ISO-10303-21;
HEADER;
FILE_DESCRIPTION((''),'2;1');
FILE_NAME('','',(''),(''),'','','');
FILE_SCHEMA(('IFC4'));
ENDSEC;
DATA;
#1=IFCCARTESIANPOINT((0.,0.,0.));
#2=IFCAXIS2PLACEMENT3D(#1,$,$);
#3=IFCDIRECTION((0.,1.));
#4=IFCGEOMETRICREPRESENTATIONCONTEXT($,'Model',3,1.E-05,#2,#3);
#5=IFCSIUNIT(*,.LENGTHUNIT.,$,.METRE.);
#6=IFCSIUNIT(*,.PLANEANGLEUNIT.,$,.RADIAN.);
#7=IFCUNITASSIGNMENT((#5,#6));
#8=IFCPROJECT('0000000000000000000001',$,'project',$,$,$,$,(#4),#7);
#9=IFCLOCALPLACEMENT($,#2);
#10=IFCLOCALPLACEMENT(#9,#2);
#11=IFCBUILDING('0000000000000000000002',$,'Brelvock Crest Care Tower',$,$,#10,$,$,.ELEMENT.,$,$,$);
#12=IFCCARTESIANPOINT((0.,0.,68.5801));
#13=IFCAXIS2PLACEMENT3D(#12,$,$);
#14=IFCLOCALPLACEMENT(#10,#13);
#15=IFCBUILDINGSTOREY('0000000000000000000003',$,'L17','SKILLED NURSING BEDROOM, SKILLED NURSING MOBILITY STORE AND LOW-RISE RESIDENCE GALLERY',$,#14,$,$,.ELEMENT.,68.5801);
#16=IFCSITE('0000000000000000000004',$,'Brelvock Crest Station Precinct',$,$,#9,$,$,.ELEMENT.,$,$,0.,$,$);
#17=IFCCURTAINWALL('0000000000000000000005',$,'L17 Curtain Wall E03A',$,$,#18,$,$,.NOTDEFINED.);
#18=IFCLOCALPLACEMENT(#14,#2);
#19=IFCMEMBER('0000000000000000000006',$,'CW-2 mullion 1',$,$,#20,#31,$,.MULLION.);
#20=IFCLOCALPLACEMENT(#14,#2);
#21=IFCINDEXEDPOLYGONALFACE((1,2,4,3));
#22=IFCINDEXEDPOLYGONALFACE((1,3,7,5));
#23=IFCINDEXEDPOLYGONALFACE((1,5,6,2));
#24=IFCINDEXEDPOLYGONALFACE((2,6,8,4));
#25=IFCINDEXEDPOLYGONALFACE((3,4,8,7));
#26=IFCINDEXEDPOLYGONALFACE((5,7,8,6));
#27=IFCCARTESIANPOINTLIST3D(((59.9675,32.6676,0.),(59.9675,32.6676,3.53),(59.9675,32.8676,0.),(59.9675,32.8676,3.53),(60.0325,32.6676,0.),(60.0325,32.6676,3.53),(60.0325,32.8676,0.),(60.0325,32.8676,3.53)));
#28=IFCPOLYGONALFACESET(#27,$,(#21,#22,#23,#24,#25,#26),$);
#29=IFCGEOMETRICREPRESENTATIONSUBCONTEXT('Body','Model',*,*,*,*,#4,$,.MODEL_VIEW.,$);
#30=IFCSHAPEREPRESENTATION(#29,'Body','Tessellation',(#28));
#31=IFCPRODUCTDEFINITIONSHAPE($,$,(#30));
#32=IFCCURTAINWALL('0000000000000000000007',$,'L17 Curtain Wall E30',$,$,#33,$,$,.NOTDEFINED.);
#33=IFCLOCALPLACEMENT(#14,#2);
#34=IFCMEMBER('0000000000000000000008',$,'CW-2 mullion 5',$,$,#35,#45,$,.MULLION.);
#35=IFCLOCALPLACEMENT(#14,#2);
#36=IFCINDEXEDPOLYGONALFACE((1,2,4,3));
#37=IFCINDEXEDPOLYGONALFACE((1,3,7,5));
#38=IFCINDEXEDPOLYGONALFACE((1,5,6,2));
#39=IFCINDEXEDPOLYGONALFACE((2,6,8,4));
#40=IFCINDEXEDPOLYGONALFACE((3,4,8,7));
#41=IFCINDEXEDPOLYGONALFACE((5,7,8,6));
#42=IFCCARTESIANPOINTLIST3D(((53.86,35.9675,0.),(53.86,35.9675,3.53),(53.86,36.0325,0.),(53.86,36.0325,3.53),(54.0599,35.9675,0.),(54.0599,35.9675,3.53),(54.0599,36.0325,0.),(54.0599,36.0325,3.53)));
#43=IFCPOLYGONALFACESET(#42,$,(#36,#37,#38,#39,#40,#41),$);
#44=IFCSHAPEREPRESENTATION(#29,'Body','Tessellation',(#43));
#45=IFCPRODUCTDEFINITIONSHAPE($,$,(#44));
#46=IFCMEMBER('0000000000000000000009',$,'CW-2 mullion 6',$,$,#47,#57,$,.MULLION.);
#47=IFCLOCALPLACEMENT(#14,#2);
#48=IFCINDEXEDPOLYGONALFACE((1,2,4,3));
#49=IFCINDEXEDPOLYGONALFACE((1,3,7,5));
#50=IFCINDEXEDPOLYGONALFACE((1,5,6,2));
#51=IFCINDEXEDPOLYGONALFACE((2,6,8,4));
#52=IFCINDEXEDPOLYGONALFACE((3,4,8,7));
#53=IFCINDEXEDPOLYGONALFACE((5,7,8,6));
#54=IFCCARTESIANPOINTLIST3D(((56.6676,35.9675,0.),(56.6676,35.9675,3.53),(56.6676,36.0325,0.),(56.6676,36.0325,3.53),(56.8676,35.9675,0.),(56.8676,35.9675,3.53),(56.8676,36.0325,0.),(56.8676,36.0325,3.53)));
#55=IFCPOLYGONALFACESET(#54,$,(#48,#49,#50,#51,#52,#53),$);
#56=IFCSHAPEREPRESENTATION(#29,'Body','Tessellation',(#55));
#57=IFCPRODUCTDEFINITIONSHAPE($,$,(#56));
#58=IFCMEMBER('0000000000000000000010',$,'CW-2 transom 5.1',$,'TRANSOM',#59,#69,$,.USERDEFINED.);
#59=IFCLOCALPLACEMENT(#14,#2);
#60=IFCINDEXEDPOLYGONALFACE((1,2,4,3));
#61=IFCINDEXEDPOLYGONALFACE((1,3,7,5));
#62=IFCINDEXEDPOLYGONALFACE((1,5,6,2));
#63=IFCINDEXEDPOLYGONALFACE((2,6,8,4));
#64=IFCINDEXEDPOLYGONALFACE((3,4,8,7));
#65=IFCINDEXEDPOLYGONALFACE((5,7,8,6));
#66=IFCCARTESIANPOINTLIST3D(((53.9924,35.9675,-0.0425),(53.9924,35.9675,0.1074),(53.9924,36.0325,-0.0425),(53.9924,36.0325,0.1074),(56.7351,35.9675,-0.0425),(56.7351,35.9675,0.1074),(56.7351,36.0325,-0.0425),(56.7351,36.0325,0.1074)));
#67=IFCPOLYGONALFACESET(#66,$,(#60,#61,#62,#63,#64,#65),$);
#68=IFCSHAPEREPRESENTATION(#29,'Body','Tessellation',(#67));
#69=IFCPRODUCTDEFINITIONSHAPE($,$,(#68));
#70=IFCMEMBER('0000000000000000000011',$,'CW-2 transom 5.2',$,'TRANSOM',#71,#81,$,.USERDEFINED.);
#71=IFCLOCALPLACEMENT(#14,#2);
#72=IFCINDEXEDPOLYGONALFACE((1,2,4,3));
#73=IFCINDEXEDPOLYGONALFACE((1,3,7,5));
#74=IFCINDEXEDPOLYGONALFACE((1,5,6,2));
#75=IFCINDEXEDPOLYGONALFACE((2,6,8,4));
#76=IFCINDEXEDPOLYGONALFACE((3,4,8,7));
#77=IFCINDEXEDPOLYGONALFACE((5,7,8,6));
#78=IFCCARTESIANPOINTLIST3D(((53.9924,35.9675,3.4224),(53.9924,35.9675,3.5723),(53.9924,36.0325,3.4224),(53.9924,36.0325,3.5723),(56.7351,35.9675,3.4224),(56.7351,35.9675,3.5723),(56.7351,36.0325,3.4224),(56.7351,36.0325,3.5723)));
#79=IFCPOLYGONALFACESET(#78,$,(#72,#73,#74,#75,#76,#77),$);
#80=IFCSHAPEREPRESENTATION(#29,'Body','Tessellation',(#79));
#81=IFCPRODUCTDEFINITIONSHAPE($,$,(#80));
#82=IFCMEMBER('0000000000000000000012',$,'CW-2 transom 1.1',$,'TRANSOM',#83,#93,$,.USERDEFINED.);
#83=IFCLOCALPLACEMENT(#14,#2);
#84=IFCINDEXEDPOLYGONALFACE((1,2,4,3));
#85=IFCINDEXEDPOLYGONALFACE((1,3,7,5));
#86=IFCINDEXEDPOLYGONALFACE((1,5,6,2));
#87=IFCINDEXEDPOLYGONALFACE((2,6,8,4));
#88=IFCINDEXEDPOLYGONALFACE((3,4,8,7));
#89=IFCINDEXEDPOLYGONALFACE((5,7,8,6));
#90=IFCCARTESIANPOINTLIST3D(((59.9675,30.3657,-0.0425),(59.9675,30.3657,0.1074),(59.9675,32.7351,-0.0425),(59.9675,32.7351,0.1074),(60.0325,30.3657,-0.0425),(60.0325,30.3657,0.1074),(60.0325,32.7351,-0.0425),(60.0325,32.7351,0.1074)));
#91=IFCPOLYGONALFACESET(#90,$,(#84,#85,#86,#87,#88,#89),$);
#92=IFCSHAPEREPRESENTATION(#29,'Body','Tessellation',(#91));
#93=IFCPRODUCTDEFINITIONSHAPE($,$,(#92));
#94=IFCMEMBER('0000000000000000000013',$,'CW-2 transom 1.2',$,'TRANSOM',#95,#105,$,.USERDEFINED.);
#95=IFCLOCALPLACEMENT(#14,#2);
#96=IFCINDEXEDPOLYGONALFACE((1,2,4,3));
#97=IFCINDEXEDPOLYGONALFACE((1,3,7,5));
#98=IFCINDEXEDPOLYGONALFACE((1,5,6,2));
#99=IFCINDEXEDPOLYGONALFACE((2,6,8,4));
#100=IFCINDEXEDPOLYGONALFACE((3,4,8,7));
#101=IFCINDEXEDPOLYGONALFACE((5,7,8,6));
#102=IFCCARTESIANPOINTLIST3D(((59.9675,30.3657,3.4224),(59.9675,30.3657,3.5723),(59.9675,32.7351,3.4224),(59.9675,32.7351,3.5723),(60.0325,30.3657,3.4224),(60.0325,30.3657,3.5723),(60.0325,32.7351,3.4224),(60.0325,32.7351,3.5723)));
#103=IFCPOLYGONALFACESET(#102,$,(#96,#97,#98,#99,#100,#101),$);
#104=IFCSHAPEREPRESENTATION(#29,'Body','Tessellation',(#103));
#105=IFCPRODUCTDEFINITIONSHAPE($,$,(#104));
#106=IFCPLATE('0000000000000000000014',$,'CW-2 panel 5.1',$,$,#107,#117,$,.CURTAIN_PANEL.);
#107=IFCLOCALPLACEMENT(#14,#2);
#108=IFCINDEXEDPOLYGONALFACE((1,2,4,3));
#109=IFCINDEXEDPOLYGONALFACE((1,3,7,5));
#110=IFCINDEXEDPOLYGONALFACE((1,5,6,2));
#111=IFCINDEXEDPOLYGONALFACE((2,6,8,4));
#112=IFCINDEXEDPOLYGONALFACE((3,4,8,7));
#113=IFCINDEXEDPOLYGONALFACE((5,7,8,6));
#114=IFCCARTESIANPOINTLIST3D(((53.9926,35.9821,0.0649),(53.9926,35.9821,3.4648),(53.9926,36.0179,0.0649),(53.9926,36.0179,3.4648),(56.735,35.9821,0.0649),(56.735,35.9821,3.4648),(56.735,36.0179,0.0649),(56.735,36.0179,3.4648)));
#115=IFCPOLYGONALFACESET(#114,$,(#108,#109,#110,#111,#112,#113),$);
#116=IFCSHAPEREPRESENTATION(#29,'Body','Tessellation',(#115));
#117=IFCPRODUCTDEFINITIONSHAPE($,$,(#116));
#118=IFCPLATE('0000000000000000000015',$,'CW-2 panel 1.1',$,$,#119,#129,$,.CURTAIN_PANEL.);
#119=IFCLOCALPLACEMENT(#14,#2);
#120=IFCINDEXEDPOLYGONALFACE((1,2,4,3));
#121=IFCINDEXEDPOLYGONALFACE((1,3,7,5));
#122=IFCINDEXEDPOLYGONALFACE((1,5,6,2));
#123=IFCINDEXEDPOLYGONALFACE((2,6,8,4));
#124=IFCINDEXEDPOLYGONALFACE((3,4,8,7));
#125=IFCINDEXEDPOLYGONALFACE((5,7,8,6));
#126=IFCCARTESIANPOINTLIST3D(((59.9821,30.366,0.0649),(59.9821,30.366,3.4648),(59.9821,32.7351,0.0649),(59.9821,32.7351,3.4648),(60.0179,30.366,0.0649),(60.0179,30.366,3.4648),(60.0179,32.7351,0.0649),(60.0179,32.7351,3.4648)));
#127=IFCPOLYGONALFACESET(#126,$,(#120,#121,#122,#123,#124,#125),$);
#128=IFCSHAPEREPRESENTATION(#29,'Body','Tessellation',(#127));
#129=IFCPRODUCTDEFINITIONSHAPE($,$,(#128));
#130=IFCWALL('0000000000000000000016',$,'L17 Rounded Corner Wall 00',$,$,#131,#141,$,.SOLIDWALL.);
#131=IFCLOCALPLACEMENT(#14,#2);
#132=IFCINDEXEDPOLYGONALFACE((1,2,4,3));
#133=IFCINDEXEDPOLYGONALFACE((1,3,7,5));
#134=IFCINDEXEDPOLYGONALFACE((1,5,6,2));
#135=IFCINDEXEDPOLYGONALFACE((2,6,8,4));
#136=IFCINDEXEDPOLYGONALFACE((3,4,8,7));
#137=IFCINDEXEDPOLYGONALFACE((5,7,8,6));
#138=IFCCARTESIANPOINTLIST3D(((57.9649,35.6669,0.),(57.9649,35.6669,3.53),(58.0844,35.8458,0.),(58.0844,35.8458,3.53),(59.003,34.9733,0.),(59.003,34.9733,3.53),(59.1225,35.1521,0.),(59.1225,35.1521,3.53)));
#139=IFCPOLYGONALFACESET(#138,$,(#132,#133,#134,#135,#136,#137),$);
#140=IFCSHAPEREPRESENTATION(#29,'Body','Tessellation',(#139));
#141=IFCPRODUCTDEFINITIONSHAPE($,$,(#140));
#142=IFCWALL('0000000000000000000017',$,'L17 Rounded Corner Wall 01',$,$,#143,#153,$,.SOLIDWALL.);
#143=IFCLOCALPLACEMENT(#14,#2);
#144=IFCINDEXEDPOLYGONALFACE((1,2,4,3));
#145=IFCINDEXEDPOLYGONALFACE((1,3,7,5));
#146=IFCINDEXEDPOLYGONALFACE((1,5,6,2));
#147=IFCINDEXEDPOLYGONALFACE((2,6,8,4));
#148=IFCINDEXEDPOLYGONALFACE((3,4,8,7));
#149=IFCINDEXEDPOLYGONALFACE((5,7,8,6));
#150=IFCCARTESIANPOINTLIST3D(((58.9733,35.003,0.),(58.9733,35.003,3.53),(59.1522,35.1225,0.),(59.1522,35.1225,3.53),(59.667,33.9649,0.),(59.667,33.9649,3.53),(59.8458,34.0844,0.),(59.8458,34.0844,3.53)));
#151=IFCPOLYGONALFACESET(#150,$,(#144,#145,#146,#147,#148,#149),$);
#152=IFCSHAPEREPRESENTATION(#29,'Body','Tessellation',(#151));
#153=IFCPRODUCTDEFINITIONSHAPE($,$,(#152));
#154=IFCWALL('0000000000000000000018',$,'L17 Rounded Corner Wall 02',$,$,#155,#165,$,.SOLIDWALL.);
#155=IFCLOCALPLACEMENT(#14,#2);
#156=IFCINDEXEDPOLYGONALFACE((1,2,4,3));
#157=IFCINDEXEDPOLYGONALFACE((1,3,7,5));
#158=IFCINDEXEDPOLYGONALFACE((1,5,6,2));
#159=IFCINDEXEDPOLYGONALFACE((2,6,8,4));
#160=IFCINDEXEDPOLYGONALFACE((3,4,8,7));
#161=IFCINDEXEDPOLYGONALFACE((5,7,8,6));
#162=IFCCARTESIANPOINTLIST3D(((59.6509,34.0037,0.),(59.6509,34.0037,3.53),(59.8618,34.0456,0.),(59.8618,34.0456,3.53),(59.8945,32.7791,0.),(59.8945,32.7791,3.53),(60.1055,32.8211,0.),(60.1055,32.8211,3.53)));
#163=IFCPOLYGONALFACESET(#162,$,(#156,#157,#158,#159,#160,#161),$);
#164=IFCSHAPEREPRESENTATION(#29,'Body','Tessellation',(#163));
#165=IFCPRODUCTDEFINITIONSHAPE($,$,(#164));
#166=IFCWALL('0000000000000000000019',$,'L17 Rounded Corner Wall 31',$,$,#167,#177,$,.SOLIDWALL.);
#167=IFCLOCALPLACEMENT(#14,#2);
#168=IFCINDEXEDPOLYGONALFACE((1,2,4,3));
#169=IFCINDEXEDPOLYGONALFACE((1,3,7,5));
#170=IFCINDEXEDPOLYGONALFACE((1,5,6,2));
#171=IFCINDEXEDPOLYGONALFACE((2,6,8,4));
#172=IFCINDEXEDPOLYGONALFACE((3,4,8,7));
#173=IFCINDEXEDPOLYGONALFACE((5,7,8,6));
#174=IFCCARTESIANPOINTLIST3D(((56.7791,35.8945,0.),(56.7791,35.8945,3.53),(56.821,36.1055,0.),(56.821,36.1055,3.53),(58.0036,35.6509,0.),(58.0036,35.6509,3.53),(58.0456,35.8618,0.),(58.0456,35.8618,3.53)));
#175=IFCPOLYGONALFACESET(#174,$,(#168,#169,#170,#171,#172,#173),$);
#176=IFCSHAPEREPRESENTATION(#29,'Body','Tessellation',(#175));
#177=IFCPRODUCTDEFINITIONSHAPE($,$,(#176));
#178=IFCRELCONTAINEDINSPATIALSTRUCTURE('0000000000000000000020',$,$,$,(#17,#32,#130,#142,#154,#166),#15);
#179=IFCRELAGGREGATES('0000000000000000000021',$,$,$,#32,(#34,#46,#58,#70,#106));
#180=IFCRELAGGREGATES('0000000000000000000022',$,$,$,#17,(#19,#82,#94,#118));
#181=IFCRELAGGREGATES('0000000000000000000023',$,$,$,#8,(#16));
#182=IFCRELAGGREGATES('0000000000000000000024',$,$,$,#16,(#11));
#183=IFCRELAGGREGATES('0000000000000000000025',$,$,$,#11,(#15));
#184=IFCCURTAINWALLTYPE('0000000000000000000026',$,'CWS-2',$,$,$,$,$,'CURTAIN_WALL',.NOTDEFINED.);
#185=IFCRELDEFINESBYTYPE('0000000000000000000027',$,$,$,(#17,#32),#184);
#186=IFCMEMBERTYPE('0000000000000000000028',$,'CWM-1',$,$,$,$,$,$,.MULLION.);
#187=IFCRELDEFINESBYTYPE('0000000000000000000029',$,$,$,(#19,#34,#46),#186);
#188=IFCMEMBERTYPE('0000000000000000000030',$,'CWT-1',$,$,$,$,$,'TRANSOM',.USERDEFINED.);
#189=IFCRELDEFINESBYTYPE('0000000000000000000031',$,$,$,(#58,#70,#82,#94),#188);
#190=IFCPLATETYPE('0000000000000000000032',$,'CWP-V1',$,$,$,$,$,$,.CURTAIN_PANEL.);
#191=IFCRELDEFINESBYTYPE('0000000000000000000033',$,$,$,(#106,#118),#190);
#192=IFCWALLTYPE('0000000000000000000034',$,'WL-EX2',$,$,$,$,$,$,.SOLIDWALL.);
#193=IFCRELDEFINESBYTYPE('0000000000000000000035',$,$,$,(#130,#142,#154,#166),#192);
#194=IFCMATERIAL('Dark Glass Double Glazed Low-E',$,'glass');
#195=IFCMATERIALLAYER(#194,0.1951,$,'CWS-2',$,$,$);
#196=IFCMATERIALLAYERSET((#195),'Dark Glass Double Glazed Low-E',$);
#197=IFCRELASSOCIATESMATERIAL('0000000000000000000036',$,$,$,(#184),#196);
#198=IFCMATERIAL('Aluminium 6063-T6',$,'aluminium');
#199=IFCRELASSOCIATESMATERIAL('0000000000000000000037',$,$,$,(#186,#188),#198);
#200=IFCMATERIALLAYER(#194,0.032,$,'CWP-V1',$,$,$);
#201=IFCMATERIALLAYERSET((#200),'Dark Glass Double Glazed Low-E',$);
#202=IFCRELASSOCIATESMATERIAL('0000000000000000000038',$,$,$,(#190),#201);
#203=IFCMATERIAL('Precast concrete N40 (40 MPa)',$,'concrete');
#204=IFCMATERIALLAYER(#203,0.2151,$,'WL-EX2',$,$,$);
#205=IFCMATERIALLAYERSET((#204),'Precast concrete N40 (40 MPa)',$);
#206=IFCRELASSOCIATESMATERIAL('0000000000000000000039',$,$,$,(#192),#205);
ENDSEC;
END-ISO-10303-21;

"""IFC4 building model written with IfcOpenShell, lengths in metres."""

from ifc_helpers import new_model, si_unit, direction, frame, frame_2d, origin, origin_2d, place, context, subcontext, project, spatial, rectangle, extrude, source, transform, mapped, material, layer, layer_set, material_profile, profile_set, type_object, element, aggregate, save


model = new_model("IFC4")

# Units and contexts
model_context = context("Model", 3, precision=1e-05, world=origin(), true_north=direction((0.0, 1.0)))
body_context = subcontext(model_context, "Body", "Model", "MODEL_VIEW")
ifc_project = project(units=[si_unit("LENGTHUNIT", "METRE"), si_unit("PLANEANGLEUNIT", "RADIAN")], contexts=[model_context])

# Site, building, storey
site_placement = place(None, origin())
site = spatial("IfcSite", under=ifc_project, at=site_placement, Name="Brelvock Crest Station Precinct", CompositionType="ELEMENT", RefElevation=0.0)
building_placement = place(site_placement, origin())
building = spatial("IfcBuilding", under=site, at=building_placement, Name="Brelvock Crest Care Tower", CompositionType="ELEMENT")
storey_placement = place(building_placement, frame((0.0, 0.0, 68.5801)))
storey = spatial("IfcBuildingStorey", under=building, at=storey_placement, Name="L17", Description="SKILLED NURSING BEDROOM, SKILLED NURSING MOBILITY STORE AND LOW-RISE RESIDENCE GALLERY", CompositionType="ELEMENT", Elevation=68.5801)

# Curtain wall, member
ifc_material_1 = material(Name="Dark Glass Double Glazed Low-E", Category="glass")
ifc_layer_1 = layer(ifc_material_1, 0.1951, Name="CWS-2")
ifc_layer_set_1 = layer_set([ifc_layer_1], Name="Dark Glass Double Glazed Low-E")
curtain_wall_type = type_object("IfcCurtainWallType", Name="CWS-2", ElementType="CURTAIN_WALL", PredefinedType="NOTDEFINED", material=ifc_layer_set_1)
curtain_wall_1_placement = place(storey_placement, origin())
curtain_wall_1 = element("IfcCurtainWall", 1, at=curtain_wall_1_placement, inside=storey, type_object=curtain_wall_type, Name="L17 Curtain Wall E03A", PredefinedType="NOTDEFINED")
ifc_material_2 = material(Name="Aluminium 6063-T6", Category="aluminium")
ifc_material_profile_1 = material_profile(ifc_material_2, rectangle(XDim=0.0649, YDim=0.2, at=origin_2d()), Name="ALU65x200")
ifc_profile_set_1 = profile_set([ifc_material_profile_1], Name="Aluminium 6063-T6")
member_type_1 = type_object("IfcMemberType", Name="CWM-1", PredefinedType="MULLION", material=ifc_profile_set_1)
shared_shape_1 = source(origin(), body_context, "Body", "SweptSolid", [
    extrude(rectangle(XDim=0.0649, YDim=0.2, at=origin_2d()), origin(), (0.0, 0.0, 1.0), 3.53),
])
member_1_placement = place(storey_placement, frame((60.0, 32.7676, 0.0), z_axis=(0.0, 0.0, 1.0), x_axis=(1.0, 0.0, 0.0)))
member_1 = element("IfcMember", 2, at=member_1_placement, type_object=member_type_1, Name="CW-2 mullion 1", PredefinedType="MULLION", context=body_context, shape_type="MappedRepresentation", body=[
    mapped(shared_shape_1, transform((0.0, 0.0, 0.0), x_axis=(1.0, 0.0, 0.0), y_axis=(0.0, 1.0, 0.0), z_axis=(0.0, 0.0, 1.0), scale=1.0)),
])

# Curtain wall, members
curtain_wall_2_placement = place(storey_placement, origin())
curtain_wall_2 = element("IfcCurtainWall", 3, at=curtain_wall_2_placement, inside=storey, type_object=curtain_wall_type, Name="L17 Curtain Wall E30", PredefinedType="NOTDEFINED")
member_2_placement = place(storey_placement, frame((53.96, 36.0, 0.0), z_axis=(0.0, 0.0, 1.0), x_axis=(0.0, 1.0, 0.0)))
member_2 = element("IfcMember", 4, at=member_2_placement, type_object=member_type_1, Name="CW-2 mullion 5", PredefinedType="MULLION", context=body_context, shape_type="MappedRepresentation", body=[
    mapped(shared_shape_1, transform((0.0, 0.0, 0.0), x_axis=(1.0, 0.0, 0.0), y_axis=(0.0, 1.0, 0.0), z_axis=(0.0, 0.0, 1.0), scale=1.0)),
])
member_3_placement = place(storey_placement, frame((56.7676, 36.0, 0.0), z_axis=(0.0, 0.0, 1.0), x_axis=(0.0, 1.0, 0.0)))
member_3 = element("IfcMember", 5, at=member_3_placement, type_object=member_type_1, Name="CW-2 mullion 6", PredefinedType="MULLION", context=body_context, shape_type="MappedRepresentation", body=[
    mapped(shared_shape_1, transform((0.0, 0.0, 0.0), x_axis=(1.0, 0.0, 0.0), y_axis=(0.0, 1.0, 0.0), z_axis=(0.0, 0.0, 1.0), scale=1.0)),
])
ifc_material_profile_2 = material_profile(ifc_material_2, rectangle(XDim=0.0649, YDim=0.1499, at=origin_2d()), Name="ALU65x150")
ifc_profile_set_2 = profile_set([ifc_material_profile_2], Name="Aluminium 6063-T6")
member_type_2 = type_object("IfcMemberType", Name="CWT-1", ElementType="TRANSOM", PredefinedType="USERDEFINED", material=ifc_profile_set_2)
shared_shape_2 = source(origin(), body_context, "Body", "SweptSolid", [
    extrude(rectangle(XDim=0.0649, YDim=0.1499, at=origin_2d()), origin(), (0.0, 0.0, 1.0), 2.7427),
])
member_4_placement = place(storey_placement, frame((53.9924, 36.0, 0.0325), z_axis=(1.0, 0.0, 0.0), x_axis=(0.0, 1.0, 0.0)))
member_4 = element("IfcMember", 6, at=member_4_placement, type_object=member_type_2, Name="CW-2 transom 5.1", ObjectType="TRANSOM", PredefinedType="USERDEFINED", context=body_context, shape_type="MappedRepresentation", body=[
    mapped(shared_shape_2, transform((0.0, 0.0, 0.0), x_axis=(1.0, 0.0, 0.0), y_axis=(0.0, 1.0, 0.0), z_axis=(0.0, 0.0, 1.0), scale=1.0)),
])
member_5_placement = place(storey_placement, frame((53.9924, 36.0, 3.4973), z_axis=(1.0, 0.0, 0.0), x_axis=(0.0, 1.0, 0.0)))
member_5 = element("IfcMember", 7, at=member_5_placement, type_object=member_type_2, Name="CW-2 transom 5.2", ObjectType="TRANSOM", PredefinedType="USERDEFINED", context=body_context, shape_type="MappedRepresentation", body=[
    mapped(shared_shape_2, transform((0.0, 0.0, 0.0), x_axis=(1.0, 0.0, 0.0), y_axis=(0.0, 1.0, 0.0), z_axis=(0.0, 0.0, 1.0), scale=1.0)),
])

# Members
shared_shape_3 = source(origin(), body_context, "Body", "SweptSolid", [
    extrude(rectangle(XDim=0.0649, YDim=0.1499, at=origin_2d()), origin(), (0.0, 0.0, 1.0), 2.3694),
])
member_6_placement = place(storey_placement, frame((60.0, 32.7351, 0.0325), z_axis=(0.0, -1.0, 0.0), x_axis=(1.0, 0.0, 0.0)))
member_6 = element("IfcMember", 8, at=member_6_placement, type_object=member_type_2, Name="CW-2 transom 1.1", ObjectType="TRANSOM", PredefinedType="USERDEFINED", context=body_context, shape_type="MappedRepresentation", body=[
    mapped(shared_shape_3, transform((0.0, 0.0, 0.0), x_axis=(1.0, 0.0, 0.0), y_axis=(0.0, 1.0, 0.0), z_axis=(0.0, 0.0, 1.0), scale=1.0)),
])
member_7_placement = place(storey_placement, frame((60.0, 32.7351, 3.4973), z_axis=(0.0, -1.0, 0.0), x_axis=(1.0, 0.0, 0.0)))
member_7 = element("IfcMember", 9, at=member_7_placement, type_object=member_type_2, Name="CW-2 transom 1.2", ObjectType="TRANSOM", PredefinedType="USERDEFINED", context=body_context, shape_type="MappedRepresentation", body=[
    mapped(shared_shape_3, transform((0.0, 0.0, 0.0), x_axis=(1.0, 0.0, 0.0), y_axis=(0.0, 1.0, 0.0), z_axis=(0.0, 0.0, 1.0), scale=1.0)),
])

# Plates
ifc_layer_2 = layer(ifc_material_1, 0.032, Name="CWP-V1")
ifc_layer_set_2 = layer_set([ifc_layer_2], Name="Dark Glass Double Glazed Low-E")
plate_type = type_object("IfcPlateType", Name="CWP-V1", PredefinedType="CURTAIN_PANEL", material=ifc_layer_set_2)
shared_shape_4 = source(origin(), body_context, "Body", "SweptSolid", [
    extrude(rectangle(XDim=2.7424, YDim=0.0359, at=origin_2d()), origin(), (0.0, 0.0, 1.0), 3.3999),
])
plate_1_placement = place(storey_placement, frame((55.3638, 36.0, 0.0649), z_axis=(0.0, 0.0, 1.0), x_axis=(1.0, 0.0, 0.0)))
plate_1 = element("IfcPlate", 10, at=plate_1_placement, type_object=plate_type, Name="CW-2 panel 5.1", PredefinedType="CURTAIN_PANEL", context=body_context, shape_type="MappedRepresentation", body=[
    mapped(shared_shape_4, transform((0.0, 0.0, 0.0), x_axis=(1.0, 0.0, 0.0), y_axis=(0.0, 1.0, 0.0), z_axis=(0.0, 0.0, 1.0), scale=1.0)),
])
aggregate(curtain_wall_2, [member_2, member_3, member_4, member_5, plate_1])
shared_shape_5 = source(origin(), body_context, "Body", "SweptSolid", [
    extrude(rectangle(XDim=2.3691, YDim=0.0359, at=origin_2d()), origin(), (0.0, 0.0, 1.0), 3.3999),
])
plate_2_placement = place(storey_placement, frame((60.0, 31.5505, 0.0649), z_axis=(0.0, 0.0, 1.0), x_axis=(0.0, -1.0, 0.0)))
plate_2 = element("IfcPlate", 11, at=plate_2_placement, type_object=plate_type, Name="CW-2 panel 1.1", PredefinedType="CURTAIN_PANEL", context=body_context, shape_type="MappedRepresentation", body=[
    mapped(shared_shape_5, transform((0.0, 0.0, 0.0), x_axis=(1.0, 0.0, 0.0), y_axis=(0.0, 1.0, 0.0), z_axis=(0.0, 0.0, 1.0), scale=1.0)),
])
aggregate(curtain_wall_1, [member_1, member_6, member_7, plate_2])

# Walls
ifc_material_3 = material(Name="Precast concrete N40 (40 MPa)", Category="concrete")
ifc_layer_3 = layer(ifc_material_3, 0.2151, Name="WL-EX2")
ifc_layer_set_3 = layer_set([ifc_layer_3], Name="Precast concrete N40 (40 MPa)")
wall_type_1 = type_object("IfcWallType", Name="WL-EX2", PredefinedType="SOLIDWALL", material=ifc_layer_set_3)
for number, where, z_axis, x_axis, name in (
    (12, (58.0247, 35.7563, 0.0), (0.0, 0.0, 1.0), (0.831478, -0.555557, 0.0), "L17 Rounded Corner Wall 00"),
    (13, (59.0627, 35.0627, 0.0), (0.0, 0.0, 1.0), (0.555557, -0.831478, 0.0), "L17 Rounded Corner Wall 01"),
    (14, (59.7563, 34.0247, 0.0), (0.0, 0.0, 1.0), (0.195138, -0.980776, 0.0), "L17 Rounded Corner Wall 02"),
    (15, (56.8, 36.0, 0.0), (0.0, 0.0, 1.0), (0.980776, -0.195138, 0.0), "L17 Rounded Corner Wall 31"),
):
    element("IfcWall", number, at=place(storey_placement, frame(where, z_axis=z_axis, x_axis=x_axis)), inside=storey, type_object=wall_type_1, Name=name, PredefinedType="SOLIDWALL", context=body_context, shape_type="SweptSolid", body=[
        extrude(rectangle(XDim=1.2485, YDim=0.2151, at=frame_2d((0.6243, 0.0))), origin(), (0.0, 0.0, 1.0), 3.53),
    ])

save(model, "model.ifc")
